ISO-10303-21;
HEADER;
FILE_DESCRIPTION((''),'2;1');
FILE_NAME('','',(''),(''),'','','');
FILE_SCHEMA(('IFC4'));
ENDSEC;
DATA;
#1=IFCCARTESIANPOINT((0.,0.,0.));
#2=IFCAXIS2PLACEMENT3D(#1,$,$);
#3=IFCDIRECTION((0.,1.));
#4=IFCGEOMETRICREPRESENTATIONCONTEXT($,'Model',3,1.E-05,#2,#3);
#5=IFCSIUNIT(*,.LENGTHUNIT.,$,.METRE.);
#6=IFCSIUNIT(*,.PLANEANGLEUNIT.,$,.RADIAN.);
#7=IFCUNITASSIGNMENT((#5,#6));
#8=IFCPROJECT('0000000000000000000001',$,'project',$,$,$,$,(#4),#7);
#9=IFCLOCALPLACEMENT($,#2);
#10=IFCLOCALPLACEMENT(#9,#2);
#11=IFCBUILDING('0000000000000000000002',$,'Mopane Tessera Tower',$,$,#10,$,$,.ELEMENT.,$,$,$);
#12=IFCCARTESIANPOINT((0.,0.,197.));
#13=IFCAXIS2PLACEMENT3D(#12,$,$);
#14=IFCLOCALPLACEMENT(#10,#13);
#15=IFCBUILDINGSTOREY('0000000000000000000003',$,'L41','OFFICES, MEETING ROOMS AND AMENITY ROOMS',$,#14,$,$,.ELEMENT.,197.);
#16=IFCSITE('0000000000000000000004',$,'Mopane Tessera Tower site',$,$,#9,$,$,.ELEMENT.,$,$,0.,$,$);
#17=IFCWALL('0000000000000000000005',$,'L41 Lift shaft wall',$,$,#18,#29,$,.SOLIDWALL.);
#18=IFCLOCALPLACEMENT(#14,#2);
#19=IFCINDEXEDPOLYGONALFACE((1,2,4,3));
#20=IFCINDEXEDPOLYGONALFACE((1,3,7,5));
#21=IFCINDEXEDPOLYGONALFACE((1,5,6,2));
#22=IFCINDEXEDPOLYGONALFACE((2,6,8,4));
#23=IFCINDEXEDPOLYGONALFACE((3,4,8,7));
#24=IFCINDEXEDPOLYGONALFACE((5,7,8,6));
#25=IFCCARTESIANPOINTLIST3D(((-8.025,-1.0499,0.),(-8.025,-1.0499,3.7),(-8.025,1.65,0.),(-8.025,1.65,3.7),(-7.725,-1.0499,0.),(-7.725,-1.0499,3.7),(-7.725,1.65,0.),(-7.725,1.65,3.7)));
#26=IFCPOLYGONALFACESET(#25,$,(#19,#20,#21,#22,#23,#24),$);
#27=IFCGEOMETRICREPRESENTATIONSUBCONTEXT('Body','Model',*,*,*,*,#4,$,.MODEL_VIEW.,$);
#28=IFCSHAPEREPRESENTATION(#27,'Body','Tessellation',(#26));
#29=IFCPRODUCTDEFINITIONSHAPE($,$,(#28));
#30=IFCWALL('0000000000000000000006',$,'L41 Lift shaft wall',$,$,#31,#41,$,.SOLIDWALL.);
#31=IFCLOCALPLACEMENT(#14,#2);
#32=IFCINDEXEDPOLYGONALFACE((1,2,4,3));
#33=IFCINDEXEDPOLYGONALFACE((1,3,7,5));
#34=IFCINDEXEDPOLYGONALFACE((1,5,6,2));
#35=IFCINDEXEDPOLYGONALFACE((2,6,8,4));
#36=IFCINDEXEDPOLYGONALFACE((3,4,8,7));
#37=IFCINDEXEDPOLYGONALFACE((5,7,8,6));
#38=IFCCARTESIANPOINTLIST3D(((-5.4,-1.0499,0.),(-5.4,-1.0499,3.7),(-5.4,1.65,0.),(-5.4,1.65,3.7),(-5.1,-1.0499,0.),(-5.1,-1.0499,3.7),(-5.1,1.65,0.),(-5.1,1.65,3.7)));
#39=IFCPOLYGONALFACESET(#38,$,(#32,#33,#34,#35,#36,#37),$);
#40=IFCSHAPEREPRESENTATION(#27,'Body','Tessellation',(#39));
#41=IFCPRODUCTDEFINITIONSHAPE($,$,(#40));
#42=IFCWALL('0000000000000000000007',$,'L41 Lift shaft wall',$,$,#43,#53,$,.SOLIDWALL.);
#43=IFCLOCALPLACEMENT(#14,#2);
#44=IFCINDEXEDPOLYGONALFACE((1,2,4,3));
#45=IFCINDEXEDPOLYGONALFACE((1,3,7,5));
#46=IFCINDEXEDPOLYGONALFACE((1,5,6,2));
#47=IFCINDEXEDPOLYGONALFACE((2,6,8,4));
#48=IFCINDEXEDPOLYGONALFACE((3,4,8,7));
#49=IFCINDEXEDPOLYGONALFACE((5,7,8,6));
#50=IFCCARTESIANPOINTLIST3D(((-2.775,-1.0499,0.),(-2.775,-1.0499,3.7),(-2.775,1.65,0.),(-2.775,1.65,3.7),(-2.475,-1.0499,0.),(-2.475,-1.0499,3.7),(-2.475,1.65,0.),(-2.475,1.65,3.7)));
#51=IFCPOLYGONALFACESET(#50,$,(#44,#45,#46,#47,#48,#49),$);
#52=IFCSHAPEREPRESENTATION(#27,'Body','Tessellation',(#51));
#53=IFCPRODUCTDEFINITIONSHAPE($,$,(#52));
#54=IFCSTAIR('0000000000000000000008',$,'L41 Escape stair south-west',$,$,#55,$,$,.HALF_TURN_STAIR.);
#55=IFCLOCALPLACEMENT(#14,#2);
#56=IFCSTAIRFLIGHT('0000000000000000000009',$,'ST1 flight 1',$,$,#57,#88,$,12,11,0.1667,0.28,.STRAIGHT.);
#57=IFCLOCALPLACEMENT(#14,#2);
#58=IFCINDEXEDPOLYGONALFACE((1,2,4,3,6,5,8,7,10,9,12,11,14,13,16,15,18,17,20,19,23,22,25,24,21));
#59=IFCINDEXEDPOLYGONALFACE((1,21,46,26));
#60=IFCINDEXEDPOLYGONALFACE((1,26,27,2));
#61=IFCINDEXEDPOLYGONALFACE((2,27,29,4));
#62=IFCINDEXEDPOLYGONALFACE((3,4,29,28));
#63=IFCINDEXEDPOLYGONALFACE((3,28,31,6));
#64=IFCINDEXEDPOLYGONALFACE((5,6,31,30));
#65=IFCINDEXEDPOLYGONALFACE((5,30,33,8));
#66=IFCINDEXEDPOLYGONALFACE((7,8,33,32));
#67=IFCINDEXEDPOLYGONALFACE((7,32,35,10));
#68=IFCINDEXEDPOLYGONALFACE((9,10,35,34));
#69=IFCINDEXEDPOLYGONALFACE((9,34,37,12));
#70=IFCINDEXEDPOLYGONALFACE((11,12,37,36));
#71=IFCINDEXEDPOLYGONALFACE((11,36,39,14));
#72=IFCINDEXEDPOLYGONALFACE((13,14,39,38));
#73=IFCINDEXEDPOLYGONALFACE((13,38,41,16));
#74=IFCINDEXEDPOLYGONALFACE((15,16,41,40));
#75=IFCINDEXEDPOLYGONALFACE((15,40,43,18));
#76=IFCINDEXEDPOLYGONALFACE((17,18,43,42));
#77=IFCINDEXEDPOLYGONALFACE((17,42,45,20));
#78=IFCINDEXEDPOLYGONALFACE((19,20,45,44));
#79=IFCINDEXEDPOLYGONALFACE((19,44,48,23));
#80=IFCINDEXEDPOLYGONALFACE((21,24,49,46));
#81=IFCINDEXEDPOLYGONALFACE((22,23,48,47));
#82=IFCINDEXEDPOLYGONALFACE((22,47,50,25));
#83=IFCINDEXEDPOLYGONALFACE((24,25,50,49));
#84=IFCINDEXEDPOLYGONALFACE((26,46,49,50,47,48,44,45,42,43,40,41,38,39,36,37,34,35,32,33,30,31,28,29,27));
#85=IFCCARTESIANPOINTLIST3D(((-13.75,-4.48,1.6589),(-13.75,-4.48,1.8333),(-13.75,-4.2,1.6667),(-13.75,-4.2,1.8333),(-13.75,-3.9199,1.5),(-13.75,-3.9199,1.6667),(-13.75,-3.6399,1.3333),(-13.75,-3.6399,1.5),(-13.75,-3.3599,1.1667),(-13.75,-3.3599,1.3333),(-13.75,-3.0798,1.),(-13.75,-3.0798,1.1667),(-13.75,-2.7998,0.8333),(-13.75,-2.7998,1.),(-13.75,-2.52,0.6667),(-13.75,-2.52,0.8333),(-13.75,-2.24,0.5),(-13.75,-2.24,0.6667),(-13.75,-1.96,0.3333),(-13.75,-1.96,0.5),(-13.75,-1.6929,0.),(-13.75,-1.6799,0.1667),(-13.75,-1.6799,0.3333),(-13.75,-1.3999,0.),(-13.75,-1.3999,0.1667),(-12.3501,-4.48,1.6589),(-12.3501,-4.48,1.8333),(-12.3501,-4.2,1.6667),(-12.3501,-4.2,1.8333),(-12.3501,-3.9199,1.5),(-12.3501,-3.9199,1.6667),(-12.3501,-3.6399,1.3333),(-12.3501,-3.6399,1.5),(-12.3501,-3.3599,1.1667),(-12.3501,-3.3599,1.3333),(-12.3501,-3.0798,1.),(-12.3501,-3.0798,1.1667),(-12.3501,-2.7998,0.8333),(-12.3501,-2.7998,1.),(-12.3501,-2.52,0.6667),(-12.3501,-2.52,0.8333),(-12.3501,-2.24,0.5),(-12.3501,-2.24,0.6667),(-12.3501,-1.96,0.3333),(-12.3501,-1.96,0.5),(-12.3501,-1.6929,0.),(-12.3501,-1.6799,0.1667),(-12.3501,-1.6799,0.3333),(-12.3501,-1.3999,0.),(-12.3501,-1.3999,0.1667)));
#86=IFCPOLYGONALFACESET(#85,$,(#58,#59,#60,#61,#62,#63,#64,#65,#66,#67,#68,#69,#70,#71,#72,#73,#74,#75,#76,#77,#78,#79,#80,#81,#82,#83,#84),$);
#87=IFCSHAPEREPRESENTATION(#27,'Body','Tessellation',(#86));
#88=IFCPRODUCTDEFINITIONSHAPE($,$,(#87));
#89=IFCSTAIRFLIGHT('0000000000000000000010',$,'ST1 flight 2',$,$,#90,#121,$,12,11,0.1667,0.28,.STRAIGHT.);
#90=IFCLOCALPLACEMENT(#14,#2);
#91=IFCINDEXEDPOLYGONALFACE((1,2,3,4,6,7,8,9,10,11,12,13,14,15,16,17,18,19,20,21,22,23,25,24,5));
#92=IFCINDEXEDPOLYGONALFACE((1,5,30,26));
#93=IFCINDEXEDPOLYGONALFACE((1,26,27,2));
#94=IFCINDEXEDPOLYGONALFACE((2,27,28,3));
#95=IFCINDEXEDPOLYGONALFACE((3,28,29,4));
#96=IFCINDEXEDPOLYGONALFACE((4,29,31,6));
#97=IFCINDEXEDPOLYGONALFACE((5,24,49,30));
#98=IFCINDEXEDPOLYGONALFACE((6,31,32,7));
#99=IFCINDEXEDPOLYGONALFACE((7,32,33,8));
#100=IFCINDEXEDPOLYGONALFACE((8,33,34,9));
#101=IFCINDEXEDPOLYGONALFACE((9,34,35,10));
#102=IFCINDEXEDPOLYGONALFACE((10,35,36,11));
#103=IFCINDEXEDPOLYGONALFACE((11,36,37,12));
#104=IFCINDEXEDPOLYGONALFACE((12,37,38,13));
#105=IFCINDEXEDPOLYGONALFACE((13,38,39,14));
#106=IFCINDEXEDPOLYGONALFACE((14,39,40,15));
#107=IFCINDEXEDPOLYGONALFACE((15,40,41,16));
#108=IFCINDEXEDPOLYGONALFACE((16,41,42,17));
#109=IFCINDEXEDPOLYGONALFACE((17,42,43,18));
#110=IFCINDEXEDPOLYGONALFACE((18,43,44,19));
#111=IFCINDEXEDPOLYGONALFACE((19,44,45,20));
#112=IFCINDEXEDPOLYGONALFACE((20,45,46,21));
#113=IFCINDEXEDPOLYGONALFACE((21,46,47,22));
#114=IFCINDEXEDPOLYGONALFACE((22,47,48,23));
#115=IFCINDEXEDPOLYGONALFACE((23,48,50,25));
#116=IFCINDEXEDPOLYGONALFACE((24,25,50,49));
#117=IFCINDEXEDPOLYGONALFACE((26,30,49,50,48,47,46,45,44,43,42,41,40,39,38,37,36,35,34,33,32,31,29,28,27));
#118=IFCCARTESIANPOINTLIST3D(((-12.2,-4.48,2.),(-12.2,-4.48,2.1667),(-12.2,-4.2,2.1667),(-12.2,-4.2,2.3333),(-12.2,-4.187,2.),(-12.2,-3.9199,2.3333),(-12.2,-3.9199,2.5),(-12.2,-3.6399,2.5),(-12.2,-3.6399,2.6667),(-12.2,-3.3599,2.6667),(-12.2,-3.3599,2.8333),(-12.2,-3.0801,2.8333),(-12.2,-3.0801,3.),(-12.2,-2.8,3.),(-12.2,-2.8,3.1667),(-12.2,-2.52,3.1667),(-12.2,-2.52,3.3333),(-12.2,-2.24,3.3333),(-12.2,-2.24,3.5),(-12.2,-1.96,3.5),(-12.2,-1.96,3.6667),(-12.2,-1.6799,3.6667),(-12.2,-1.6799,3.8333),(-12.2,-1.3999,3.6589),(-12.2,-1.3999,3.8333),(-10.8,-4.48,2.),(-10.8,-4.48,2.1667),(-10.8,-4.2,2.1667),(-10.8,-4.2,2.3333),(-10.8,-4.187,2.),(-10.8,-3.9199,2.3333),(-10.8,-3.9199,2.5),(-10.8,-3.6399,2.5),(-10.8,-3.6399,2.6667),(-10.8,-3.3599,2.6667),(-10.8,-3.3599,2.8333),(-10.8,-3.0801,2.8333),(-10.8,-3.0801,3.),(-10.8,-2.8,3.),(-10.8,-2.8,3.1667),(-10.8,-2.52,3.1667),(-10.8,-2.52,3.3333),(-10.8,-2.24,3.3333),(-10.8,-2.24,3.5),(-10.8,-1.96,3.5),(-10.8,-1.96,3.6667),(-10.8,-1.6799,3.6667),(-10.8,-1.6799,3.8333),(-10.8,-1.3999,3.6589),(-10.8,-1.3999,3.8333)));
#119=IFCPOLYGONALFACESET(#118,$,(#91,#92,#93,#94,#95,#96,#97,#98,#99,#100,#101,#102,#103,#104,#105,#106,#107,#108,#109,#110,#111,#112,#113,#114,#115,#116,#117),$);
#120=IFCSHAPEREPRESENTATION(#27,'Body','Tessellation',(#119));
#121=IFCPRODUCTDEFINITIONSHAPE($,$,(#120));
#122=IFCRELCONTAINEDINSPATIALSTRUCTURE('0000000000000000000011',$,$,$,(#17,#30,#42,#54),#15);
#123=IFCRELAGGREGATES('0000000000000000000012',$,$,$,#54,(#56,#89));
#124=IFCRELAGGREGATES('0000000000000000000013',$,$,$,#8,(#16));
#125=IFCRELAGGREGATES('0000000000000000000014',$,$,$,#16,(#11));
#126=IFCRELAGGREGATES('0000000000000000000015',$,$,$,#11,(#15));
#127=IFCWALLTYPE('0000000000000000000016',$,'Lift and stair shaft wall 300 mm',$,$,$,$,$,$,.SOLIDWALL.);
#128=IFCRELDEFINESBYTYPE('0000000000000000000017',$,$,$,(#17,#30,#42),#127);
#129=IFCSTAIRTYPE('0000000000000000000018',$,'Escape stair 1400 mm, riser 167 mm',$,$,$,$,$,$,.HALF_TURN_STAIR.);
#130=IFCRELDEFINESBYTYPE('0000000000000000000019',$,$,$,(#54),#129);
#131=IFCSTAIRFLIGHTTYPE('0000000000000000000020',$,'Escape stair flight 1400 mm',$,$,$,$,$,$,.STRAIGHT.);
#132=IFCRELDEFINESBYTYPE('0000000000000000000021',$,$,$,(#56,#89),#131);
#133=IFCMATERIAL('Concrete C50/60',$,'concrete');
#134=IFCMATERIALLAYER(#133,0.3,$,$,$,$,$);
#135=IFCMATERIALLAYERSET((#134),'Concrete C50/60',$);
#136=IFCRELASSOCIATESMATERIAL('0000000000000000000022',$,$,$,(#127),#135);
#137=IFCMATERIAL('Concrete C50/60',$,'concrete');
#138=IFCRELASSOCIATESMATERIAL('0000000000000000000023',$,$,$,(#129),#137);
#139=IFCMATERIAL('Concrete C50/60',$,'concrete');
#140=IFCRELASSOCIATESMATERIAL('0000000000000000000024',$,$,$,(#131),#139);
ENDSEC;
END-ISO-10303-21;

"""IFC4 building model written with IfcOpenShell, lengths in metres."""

from ifc_helpers import new_model, si_unit, direction, frame, frame_2d, origin, place, context, subcontext, project, spatial, polyline, rectangle, outline, extrude, material, layer, layer_set, type_object, element, aggregate, save


model = new_model("IFC4")

# Units and contexts
model_context = context("Model", 3, precision=1e-05, world=origin(), true_north=direction((0.0, 1.0)))
body_context = subcontext(model_context, "Body", "Model", "MODEL_VIEW")
ifc_project = project(units=[si_unit("LENGTHUNIT", "METRE"), si_unit("PLANEANGLEUNIT", "RADIAN")], contexts=[model_context])

# Site, building, storey
site_placement = place(None, origin())
site = spatial("IfcSite", under=ifc_project, at=site_placement, Name="Mopane Tessera Tower site", CompositionType="ELEMENT", RefElevation=0.0)
building_placement = place(site_placement, origin())
building = spatial("IfcBuilding", under=site, at=building_placement, Name="Mopane Tessera Tower", CompositionType="ELEMENT")
storey_placement = place(building_placement, frame((0.0, 0.0, 197.0)))
storey = spatial("IfcBuildingStorey", under=building, at=storey_placement, Name="L41", Description="OFFICES, MEETING ROOMS AND AMENITY ROOMS", CompositionType="ELEMENT", Elevation=197.0)

# Walls
ifc_material_1 = material(Name="Concrete C50/60", Category="concrete")
ifc_layer_1 = layer(ifc_material_1, 0.3)
ifc_layer_set_1 = layer_set([ifc_layer_1], Name="Concrete C50/60")
wall_type_1 = type_object("IfcWallType", Name="Lift and stair shaft wall 300 mm", PredefinedType="SOLIDWALL", material=ifc_layer_set_1)
for number, where, z_axis, x_axis, name in (
    (1, (-7.875, -1.05, 0.0), (0.0, 0.0, 1.0), (0.0, 1.0, 0.0), "L41 Lift shaft wall"),
    (2, (-5.25, -1.05, 0.0), (0.0, 0.0, 1.0), (0.0, 1.0, 0.0), "L41 Lift shaft wall"),
    (3, (-2.625, -1.05, 0.0), (0.0, 0.0, 1.0), (0.0, 1.0, 0.0), "L41 Lift shaft wall"),
):
    element("IfcWall", number, at=place(storey_placement, frame(where, z_axis=z_axis, x_axis=x_axis)), inside=storey, type_object=wall_type_1, Name=name, PredefinedType="SOLIDWALL", context=body_context, shape_type="SweptSolid", body=[
        extrude(rectangle(XDim=2.7, YDim=0.3, at=frame_2d((1.3501, 0.0))), origin(), (0.0, 0.0, 1.0), 3.7),
    ])

# Stair, stair flights
ifc_material_2 = material(Name="Concrete C50/60", Category="concrete")
stair_type = type_object("IfcStairType", Name="Escape stair 1400 mm, riser 167 mm", PredefinedType="HALF_TURN_STAIR", material=ifc_material_2)
stair_placement = place(storey_placement, origin())
stair = element("IfcStair", 4, at=stair_placement, inside=storey, type_object=stair_type, Name="L41 Escape stair south-west", PredefinedType="HALF_TURN_STAIR")
ifc_material_3 = material(Name="Concrete C50/60", Category="concrete")
stair_flight_type = type_object("IfcStairFlightType", Name="Escape stair flight 1400 mm", PredefinedType="STRAIGHT", material=ifc_material_3)
stair_flight_1_placement = place(storey_placement, frame((-13.05, -1.3999, 0.0), z_axis=(0.0, 0.0, 1.0), x_axis=(0.0, -1.0, 0.0)))
stair_flight_1 = element("IfcStairFlight", 5, at=stair_flight_1_placement, type_object=stair_flight_type, Name="ST1 flight 1", NumberOfRisers=12, NumberOfTreads=11, PredefinedType="STRAIGHT", RiserHeight=0.1667, TreadLength=0.28, context=body_context, shape_type="SweptSolid", body=[
    extrude(outline(polyline([(0.0, 0.0), (0.0, 0.1667), (0.28, 0.1667), (0.28, 0.3333), (0.5601, 0.3333), (0.5601, 0.5), (0.8401, 0.5), (0.8401, 0.6667), (1.1201, 0.6667), (1.1201, 0.8333), (1.3999, 0.8333), (1.3999, 1.0), (1.6799, 1.0), (1.6799, 1.1667), (1.96, 1.1667), (1.96, 1.3333), (2.24, 1.3333), (2.24, 1.5), (2.52, 1.5), (2.52, 1.6667), (2.8, 1.6667), (2.8, 1.8333), (3.0801, 1.8333), (3.0801, 2.0), (3.0801, 1.6589), (0.293, 0.0), (0.0, 0.0)])), frame((0.0, 0.7, 0.0), z_axis=(0.0, -1.0, 0.0), x_axis=(1.0, 0.0, 0.0)), (0.0, 0.0, 1.0), 1.3999),
])
stair_flight_2_placement = place(storey_placement, frame((-11.5, -4.48, 2.0), z_axis=(0.0, 0.0, 1.0), x_axis=(0.0, 1.0, 0.0)))
stair_flight_2 = element("IfcStairFlight", 6, at=stair_flight_2_placement, type_object=stair_flight_type, Name="ST1 flight 2", NumberOfRisers=12, NumberOfTreads=11, PredefinedType="STRAIGHT", RiserHeight=0.1667, TreadLength=0.28, context=body_context, shape_type="SweptSolid", body=[
    extrude(outline(polyline([(0.0, 0.0), (0.0, 0.1667), (0.28, 0.1667), (0.28, 0.3333), (0.5601, 0.3333), (0.5601, 0.5), (0.8401, 0.5), (0.8401, 0.6667), (1.1201, 0.6667), (1.1201, 0.8333), (1.3999, 0.8333), (1.3999, 1.0), (1.6799, 1.0), (1.6799, 1.1667), (1.96, 1.1667), (1.96, 1.3333), (2.24, 1.3333), (2.24, 1.5), (2.52, 1.5), (2.52, 1.6667), (2.8, 1.6667), (2.8, 1.8333), (3.0801, 1.8333), (3.0801, 2.0), (3.0801, 1.6589), (0.293, 0.0), (0.0, 0.0)])), frame((0.0, 0.7, 0.0), z_axis=(0.0, -1.0, 0.0), x_axis=(1.0, 0.0, 0.0)), (0.0, 0.0, 1.0), 1.3999),
])
aggregate(stair, [stair_flight_1, stair_flight_2])

save(model, "model.ifc")
